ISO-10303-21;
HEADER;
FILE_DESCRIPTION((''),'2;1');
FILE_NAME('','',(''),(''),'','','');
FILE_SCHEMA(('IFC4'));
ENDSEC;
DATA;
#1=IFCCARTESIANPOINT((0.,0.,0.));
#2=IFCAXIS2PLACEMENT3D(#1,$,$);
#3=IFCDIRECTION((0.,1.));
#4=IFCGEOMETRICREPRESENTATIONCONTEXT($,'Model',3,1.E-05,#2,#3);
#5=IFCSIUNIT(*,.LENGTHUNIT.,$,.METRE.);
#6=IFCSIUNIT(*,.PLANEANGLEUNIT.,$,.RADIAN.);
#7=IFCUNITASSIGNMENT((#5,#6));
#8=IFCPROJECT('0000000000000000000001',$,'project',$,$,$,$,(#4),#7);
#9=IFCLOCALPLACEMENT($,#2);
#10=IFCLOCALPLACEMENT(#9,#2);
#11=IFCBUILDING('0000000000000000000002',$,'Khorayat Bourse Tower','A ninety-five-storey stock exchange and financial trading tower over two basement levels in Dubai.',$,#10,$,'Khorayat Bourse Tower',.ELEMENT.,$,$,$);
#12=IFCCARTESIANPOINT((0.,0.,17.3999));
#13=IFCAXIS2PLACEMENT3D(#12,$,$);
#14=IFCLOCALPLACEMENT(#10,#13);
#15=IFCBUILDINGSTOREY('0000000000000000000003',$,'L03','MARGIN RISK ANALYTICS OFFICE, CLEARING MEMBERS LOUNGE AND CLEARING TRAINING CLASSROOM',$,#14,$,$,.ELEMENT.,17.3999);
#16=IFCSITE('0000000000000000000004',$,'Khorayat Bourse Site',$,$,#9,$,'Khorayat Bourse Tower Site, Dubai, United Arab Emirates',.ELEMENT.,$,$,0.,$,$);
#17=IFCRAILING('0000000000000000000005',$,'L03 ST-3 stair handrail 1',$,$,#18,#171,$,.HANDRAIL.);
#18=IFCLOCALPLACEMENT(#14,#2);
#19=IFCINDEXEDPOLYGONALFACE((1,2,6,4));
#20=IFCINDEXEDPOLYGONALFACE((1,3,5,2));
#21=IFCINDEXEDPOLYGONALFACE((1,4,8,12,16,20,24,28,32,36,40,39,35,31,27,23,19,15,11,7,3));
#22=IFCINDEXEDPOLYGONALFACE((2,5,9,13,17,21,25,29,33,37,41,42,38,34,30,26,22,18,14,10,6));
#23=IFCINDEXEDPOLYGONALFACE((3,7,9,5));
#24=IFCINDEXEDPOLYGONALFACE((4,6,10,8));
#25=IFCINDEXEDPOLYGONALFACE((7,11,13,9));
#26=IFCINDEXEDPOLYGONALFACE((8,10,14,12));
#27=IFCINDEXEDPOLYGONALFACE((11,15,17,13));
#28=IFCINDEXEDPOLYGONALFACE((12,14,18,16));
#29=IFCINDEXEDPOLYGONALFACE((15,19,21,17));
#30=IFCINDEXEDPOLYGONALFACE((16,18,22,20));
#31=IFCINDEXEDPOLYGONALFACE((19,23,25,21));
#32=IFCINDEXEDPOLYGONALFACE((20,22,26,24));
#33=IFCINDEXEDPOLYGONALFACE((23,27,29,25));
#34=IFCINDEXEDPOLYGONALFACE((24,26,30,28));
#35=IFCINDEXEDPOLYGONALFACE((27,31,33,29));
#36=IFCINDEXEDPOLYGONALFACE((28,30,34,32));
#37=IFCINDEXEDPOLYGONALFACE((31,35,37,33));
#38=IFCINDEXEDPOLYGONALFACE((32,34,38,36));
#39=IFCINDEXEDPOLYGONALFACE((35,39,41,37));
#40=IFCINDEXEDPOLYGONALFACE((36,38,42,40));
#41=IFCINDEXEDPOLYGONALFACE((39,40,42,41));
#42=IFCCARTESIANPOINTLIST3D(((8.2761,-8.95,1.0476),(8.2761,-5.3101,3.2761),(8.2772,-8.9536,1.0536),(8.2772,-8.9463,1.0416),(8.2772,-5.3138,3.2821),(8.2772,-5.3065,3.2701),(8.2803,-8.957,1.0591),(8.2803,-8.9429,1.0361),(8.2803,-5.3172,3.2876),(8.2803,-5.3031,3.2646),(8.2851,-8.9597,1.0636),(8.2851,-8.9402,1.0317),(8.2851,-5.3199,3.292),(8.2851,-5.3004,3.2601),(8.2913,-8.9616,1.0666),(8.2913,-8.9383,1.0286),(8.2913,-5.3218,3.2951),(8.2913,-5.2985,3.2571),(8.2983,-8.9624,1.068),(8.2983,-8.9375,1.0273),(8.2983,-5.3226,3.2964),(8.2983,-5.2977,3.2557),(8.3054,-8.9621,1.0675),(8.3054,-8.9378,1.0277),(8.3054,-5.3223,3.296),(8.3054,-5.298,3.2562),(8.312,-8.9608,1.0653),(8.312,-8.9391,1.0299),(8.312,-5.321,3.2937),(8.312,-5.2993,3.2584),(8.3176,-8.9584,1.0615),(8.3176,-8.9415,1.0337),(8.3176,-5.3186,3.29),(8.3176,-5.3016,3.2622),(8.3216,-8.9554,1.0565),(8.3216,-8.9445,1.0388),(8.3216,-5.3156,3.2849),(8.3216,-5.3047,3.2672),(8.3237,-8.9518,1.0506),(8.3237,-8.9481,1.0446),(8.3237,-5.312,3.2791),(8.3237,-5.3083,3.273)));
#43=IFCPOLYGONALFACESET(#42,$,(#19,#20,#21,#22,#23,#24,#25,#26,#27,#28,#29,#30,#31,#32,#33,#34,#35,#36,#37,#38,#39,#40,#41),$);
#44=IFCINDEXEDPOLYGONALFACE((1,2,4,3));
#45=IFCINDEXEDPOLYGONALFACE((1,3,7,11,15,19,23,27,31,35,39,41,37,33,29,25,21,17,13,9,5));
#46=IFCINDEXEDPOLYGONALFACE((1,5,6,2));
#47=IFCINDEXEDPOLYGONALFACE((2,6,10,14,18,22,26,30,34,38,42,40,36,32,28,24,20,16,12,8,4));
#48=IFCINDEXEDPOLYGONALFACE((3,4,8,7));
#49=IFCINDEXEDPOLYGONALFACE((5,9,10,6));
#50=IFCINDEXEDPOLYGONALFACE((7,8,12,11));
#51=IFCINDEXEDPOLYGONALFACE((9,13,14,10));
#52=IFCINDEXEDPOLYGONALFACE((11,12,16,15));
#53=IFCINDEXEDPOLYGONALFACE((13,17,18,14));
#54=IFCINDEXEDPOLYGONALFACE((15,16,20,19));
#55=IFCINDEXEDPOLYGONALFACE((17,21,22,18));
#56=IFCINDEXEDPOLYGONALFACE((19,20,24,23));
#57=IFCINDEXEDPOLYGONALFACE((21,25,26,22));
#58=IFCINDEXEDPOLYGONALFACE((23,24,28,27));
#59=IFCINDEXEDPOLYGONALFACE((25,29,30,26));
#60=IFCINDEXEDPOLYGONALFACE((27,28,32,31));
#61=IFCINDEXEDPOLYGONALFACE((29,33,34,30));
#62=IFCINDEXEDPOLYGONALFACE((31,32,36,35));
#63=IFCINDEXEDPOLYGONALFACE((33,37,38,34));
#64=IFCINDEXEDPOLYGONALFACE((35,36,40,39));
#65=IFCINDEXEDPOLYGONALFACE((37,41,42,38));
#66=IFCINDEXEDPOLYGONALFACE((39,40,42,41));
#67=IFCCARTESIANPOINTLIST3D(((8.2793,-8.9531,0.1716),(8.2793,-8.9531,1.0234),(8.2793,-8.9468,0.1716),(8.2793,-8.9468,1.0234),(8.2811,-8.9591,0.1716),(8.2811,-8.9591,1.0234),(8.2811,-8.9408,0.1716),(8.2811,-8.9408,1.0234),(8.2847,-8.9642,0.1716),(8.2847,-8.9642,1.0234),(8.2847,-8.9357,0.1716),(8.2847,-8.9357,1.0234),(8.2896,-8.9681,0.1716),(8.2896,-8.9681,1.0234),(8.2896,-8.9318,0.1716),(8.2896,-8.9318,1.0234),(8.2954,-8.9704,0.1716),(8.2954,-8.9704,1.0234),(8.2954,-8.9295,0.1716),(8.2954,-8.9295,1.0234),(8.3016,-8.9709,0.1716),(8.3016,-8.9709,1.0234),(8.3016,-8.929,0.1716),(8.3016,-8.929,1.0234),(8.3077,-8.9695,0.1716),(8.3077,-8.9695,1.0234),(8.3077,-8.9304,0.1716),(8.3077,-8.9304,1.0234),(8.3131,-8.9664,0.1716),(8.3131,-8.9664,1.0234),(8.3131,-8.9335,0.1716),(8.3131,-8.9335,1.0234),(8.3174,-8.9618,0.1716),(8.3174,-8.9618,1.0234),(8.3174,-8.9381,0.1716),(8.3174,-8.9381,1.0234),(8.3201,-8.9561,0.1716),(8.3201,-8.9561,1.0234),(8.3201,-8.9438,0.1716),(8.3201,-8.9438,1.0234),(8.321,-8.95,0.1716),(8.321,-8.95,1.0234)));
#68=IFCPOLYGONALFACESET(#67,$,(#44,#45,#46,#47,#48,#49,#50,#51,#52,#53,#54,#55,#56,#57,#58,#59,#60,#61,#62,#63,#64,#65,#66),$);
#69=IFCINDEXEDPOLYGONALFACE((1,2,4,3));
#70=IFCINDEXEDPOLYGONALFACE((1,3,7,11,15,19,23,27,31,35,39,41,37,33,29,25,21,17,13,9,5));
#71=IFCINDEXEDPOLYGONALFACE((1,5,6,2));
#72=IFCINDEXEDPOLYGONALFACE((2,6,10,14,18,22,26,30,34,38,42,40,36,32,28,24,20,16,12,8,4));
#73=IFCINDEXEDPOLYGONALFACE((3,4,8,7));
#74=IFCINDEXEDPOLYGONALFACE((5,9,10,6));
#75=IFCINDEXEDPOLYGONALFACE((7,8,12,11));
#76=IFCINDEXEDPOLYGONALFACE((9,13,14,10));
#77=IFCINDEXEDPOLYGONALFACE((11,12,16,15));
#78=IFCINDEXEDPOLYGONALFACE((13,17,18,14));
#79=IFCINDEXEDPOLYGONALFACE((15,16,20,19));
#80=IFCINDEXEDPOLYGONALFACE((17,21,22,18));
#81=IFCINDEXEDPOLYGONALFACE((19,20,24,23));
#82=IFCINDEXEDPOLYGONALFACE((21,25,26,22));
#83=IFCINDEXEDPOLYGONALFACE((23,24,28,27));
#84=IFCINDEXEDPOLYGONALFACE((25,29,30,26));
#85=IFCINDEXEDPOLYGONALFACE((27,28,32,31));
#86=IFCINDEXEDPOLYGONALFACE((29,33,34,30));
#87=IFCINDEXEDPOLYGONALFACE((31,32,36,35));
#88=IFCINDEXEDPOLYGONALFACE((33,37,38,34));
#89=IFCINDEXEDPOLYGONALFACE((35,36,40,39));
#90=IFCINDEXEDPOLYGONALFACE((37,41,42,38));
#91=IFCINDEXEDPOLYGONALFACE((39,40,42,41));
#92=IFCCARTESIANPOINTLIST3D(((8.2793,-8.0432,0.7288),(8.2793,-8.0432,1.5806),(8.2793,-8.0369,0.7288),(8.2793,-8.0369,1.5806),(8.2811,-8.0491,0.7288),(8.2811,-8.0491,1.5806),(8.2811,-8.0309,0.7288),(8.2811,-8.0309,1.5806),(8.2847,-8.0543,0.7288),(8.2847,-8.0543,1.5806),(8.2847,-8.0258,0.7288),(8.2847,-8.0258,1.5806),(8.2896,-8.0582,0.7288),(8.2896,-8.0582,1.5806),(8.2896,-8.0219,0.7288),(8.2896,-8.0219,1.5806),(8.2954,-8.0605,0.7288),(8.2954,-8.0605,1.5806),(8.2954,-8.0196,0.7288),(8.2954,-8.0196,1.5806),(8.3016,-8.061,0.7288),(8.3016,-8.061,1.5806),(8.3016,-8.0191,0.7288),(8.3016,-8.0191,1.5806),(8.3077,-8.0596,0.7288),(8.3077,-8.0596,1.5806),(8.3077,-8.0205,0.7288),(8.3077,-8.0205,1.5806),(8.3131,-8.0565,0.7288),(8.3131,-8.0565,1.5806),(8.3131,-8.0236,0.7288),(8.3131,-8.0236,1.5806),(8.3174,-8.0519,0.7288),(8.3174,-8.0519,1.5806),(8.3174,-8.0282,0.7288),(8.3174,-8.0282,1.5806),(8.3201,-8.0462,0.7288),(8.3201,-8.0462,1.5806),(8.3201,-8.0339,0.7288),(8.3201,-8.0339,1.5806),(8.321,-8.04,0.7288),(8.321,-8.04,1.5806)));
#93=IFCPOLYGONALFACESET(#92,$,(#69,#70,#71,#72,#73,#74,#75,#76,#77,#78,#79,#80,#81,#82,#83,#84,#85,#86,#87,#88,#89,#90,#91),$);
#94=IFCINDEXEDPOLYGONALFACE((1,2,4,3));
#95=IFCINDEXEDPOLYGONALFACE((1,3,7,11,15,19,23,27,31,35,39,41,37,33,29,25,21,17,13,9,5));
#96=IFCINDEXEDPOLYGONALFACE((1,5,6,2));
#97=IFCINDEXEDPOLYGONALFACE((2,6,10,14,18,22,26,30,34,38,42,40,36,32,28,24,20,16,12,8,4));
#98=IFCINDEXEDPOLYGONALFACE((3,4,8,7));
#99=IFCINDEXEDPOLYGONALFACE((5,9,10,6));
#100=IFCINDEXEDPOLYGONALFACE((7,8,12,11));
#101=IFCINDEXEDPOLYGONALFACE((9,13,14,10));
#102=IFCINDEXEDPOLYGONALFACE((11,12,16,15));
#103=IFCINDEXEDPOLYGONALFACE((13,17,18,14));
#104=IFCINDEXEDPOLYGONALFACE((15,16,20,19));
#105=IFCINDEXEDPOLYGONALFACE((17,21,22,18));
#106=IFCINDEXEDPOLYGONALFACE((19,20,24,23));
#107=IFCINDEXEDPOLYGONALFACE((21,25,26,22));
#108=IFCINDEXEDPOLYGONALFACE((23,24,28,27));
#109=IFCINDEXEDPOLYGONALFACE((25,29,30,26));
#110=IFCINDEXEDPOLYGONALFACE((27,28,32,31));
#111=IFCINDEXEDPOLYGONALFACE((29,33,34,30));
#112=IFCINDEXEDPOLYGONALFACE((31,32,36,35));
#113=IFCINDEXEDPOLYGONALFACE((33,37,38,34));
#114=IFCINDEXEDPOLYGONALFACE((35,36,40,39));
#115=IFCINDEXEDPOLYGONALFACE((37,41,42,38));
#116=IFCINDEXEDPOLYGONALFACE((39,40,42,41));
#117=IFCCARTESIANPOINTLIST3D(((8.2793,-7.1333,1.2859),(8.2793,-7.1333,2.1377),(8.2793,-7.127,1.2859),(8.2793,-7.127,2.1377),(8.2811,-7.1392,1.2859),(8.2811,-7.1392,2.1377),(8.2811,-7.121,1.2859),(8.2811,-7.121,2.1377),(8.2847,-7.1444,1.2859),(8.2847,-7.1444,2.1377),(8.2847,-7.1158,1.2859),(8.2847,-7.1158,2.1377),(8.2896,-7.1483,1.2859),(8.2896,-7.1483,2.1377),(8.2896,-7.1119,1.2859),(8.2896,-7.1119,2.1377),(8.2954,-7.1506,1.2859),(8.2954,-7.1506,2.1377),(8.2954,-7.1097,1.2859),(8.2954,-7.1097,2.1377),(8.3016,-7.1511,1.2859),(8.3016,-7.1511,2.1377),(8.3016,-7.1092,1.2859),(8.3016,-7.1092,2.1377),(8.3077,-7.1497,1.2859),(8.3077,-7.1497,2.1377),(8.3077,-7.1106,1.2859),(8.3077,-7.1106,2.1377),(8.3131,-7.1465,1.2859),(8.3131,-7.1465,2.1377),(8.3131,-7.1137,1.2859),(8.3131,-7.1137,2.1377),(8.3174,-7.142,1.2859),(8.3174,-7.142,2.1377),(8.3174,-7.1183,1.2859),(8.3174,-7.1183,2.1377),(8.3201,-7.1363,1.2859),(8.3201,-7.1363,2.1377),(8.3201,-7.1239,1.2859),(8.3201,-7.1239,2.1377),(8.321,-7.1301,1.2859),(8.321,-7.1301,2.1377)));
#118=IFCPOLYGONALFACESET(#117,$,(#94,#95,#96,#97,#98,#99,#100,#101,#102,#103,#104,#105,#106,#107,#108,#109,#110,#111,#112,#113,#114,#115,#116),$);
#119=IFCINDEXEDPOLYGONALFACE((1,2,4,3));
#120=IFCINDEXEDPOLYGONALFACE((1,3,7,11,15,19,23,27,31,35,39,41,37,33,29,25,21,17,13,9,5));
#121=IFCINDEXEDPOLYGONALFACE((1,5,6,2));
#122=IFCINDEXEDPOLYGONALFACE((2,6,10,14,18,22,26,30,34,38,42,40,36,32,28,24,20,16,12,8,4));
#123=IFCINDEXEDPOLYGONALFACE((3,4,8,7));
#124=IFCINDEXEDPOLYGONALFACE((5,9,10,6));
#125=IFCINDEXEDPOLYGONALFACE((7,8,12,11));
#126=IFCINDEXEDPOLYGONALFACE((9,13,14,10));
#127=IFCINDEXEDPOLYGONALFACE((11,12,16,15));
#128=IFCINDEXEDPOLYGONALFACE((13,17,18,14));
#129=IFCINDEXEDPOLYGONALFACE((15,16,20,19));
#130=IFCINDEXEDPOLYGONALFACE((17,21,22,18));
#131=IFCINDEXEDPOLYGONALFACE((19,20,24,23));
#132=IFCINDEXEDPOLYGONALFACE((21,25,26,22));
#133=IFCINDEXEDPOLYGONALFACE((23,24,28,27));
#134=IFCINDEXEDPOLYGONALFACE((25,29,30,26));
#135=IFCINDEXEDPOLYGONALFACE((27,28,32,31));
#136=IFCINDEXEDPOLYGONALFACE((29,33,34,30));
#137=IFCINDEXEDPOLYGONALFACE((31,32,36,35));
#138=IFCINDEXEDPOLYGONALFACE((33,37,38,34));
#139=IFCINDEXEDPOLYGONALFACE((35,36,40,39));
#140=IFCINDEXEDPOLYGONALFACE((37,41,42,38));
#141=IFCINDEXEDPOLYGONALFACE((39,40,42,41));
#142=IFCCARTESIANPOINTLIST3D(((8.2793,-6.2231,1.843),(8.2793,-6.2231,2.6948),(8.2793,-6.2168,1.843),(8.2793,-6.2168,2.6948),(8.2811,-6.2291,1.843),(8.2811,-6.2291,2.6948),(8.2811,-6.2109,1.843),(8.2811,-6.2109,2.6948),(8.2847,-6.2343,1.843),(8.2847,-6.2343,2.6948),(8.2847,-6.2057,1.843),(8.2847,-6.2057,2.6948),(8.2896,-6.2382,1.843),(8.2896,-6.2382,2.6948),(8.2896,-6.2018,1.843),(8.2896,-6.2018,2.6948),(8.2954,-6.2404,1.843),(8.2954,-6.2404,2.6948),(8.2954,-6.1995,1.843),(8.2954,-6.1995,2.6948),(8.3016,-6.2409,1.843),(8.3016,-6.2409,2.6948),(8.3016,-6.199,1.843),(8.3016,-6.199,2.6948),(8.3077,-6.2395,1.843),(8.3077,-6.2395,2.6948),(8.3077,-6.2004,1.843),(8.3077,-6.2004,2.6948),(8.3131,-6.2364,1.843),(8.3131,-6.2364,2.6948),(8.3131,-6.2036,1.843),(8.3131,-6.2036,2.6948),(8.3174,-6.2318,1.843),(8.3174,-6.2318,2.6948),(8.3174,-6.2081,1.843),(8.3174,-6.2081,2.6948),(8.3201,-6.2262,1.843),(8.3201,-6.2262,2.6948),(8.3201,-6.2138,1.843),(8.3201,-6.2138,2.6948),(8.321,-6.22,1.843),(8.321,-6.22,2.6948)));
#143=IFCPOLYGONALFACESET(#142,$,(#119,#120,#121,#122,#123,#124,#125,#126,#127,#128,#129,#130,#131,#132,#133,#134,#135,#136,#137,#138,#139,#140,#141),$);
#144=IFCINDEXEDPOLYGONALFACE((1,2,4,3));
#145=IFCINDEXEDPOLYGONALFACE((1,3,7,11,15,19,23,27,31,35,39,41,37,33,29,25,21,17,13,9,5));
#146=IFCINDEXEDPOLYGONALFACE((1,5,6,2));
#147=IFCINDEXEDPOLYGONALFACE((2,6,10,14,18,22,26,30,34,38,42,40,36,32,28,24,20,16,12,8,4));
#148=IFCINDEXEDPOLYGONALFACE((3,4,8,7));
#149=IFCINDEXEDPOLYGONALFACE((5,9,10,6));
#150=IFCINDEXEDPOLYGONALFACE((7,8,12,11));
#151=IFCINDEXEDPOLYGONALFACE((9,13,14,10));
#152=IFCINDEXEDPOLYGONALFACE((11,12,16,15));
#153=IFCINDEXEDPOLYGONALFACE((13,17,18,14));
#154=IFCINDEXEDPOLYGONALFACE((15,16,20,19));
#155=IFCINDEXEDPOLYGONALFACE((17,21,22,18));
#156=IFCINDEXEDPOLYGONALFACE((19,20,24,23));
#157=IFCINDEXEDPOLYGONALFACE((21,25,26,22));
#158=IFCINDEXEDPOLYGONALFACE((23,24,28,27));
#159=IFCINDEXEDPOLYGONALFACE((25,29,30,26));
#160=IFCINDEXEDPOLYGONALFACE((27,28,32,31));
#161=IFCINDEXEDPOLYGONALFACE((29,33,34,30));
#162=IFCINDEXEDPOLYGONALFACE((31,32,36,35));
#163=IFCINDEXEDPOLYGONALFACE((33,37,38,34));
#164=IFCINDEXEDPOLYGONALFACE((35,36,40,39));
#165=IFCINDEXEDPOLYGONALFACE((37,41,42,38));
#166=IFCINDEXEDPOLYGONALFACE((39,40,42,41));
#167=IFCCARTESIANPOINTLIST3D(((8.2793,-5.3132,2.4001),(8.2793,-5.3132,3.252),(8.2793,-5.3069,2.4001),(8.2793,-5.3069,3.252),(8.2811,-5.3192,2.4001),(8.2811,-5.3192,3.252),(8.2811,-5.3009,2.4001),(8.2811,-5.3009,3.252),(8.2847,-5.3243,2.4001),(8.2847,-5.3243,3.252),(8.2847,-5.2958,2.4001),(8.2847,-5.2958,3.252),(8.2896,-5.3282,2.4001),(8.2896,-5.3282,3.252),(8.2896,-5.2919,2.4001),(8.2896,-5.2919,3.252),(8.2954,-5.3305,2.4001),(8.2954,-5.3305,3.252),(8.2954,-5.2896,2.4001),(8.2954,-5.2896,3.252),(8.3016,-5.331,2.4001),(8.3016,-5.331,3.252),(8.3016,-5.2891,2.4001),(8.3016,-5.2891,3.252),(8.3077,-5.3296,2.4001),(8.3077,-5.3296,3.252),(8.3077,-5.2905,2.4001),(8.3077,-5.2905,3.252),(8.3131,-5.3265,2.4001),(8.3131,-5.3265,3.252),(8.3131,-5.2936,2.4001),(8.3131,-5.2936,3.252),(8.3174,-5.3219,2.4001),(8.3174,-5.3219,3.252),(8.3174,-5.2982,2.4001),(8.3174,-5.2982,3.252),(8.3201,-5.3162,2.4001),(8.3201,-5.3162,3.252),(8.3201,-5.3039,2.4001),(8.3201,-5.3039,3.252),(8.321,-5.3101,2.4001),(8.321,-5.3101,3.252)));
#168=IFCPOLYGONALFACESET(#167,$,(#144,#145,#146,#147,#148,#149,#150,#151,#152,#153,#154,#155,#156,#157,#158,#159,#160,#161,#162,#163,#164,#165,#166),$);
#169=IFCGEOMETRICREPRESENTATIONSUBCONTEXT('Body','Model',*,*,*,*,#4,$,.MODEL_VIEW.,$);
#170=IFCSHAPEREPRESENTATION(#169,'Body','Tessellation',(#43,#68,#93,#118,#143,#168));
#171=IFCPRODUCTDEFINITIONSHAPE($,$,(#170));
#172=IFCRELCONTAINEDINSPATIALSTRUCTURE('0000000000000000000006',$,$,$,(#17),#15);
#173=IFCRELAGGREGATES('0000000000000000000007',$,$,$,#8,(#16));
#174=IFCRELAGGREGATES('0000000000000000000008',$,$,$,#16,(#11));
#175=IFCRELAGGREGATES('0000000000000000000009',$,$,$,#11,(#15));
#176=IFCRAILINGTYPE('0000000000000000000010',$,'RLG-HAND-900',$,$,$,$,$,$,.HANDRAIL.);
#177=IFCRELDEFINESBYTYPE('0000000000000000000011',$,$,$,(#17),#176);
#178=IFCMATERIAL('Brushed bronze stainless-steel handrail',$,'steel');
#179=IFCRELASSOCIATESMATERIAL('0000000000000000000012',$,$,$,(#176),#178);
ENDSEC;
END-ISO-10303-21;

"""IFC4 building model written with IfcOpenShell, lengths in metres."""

from ifc_helpers import new_model, si_unit, direction, frame, origin, origin_2d, place, context, subcontext, project, spatial, circle, extrude, source, transform, mapped, material, type_object, element, save


model = new_model("IFC4")

# Units and contexts
model_context = context("Model", 3, precision=1e-05, world=origin(), true_north=direction((0.0, 1.0)))
body_context = subcontext(model_context, "Body", "Model", "MODEL_VIEW")
ifc_project = project(units=[si_unit("LENGTHUNIT", "METRE"), si_unit("PLANEANGLEUNIT", "RADIAN")], contexts=[model_context])

# Site, building, storey
site_placement = place(None, origin())
site = spatial("IfcSite", under=ifc_project, at=site_placement, Name="Khorayat Bourse Site", LongName="Khorayat Bourse Tower Site, Dubai, United Arab Emirates", CompositionType="ELEMENT", RefElevation=0.0)
building_placement = place(site_placement, origin())
building = spatial("IfcBuilding", under=site, at=building_placement, Name="Khorayat Bourse Tower", Description="A ninety-five-storey stock exchange and financial trading tower over two basement levels in Dubai.", LongName="Khorayat Bourse Tower", CompositionType="ELEMENT")
storey_placement = place(building_placement, frame((0.0, 0.0, 17.3999)))
storey = spatial("IfcBuildingStorey", under=building, at=storey_placement, Name="L03", Description="MARGIN RISK ANALYTICS OFFICE, CLEARING MEMBERS LOUNGE AND CLEARING TRAINING CLASSROOM", CompositionType="ELEMENT", Elevation=17.3999)

# Railing
ifc_material_1 = material(Name="Brushed bronze stainless-steel handrail", Category="steel")
railing_type_1 = type_object("IfcRailingType", Name="RLG-HAND-900", PredefinedType="HANDRAIL", material=ifc_material_1)
shared_shape_1 = source(origin(), body_context, "Body", "SweptSolid", [
    extrude(circle(Radius=0.0239, at=origin_2d()), frame((0.0, 0.0, 0.876), z_axis=(0.0, 0.85285, 0.522156), x_axis=(-1.0, 0.0, 0.0)), (0.0, 0.0, 1.0), 4.2678),
    extrude(circle(Radius=0.021, at=origin_2d()), origin(), (0.0, 0.0, 1.0), 0.8518),
    extrude(circle(Radius=0.021, at=origin_2d()), frame((0.0, 0.9099, 0.5571)), (0.0, 0.0, 1.0), 0.8518),
    extrude(circle(Radius=0.021, at=origin_2d()), frame((0.0, 1.8198, 1.1143)), (0.0, 0.0, 1.0), 0.8518),
    extrude(circle(Radius=0.021, at=origin_2d()), frame((0.0, 2.73, 1.6714)), (0.0, 0.0, 1.0), 0.8518),
    extrude(circle(Radius=0.021, at=origin_2d()), frame((0.0, 3.6399, 2.2285)), (0.0, 0.0, 1.0), 0.8518),
])
railing_1_placement = place(storey_placement, frame((8.3, -8.95, 0.1716)))
element("IfcRailing", 1, at=railing_1_placement, inside=storey, type_object=railing_type_1, Name="L03 ST-3 stair handrail 1", PredefinedType="HANDRAIL", context=body_context, shape_type="MappedRepresentation", body=[
    mapped(shared_shape_1, transform((0.0, 0.0, 0.0), scale=1.0)),
])

save(model, "model.ifc")
